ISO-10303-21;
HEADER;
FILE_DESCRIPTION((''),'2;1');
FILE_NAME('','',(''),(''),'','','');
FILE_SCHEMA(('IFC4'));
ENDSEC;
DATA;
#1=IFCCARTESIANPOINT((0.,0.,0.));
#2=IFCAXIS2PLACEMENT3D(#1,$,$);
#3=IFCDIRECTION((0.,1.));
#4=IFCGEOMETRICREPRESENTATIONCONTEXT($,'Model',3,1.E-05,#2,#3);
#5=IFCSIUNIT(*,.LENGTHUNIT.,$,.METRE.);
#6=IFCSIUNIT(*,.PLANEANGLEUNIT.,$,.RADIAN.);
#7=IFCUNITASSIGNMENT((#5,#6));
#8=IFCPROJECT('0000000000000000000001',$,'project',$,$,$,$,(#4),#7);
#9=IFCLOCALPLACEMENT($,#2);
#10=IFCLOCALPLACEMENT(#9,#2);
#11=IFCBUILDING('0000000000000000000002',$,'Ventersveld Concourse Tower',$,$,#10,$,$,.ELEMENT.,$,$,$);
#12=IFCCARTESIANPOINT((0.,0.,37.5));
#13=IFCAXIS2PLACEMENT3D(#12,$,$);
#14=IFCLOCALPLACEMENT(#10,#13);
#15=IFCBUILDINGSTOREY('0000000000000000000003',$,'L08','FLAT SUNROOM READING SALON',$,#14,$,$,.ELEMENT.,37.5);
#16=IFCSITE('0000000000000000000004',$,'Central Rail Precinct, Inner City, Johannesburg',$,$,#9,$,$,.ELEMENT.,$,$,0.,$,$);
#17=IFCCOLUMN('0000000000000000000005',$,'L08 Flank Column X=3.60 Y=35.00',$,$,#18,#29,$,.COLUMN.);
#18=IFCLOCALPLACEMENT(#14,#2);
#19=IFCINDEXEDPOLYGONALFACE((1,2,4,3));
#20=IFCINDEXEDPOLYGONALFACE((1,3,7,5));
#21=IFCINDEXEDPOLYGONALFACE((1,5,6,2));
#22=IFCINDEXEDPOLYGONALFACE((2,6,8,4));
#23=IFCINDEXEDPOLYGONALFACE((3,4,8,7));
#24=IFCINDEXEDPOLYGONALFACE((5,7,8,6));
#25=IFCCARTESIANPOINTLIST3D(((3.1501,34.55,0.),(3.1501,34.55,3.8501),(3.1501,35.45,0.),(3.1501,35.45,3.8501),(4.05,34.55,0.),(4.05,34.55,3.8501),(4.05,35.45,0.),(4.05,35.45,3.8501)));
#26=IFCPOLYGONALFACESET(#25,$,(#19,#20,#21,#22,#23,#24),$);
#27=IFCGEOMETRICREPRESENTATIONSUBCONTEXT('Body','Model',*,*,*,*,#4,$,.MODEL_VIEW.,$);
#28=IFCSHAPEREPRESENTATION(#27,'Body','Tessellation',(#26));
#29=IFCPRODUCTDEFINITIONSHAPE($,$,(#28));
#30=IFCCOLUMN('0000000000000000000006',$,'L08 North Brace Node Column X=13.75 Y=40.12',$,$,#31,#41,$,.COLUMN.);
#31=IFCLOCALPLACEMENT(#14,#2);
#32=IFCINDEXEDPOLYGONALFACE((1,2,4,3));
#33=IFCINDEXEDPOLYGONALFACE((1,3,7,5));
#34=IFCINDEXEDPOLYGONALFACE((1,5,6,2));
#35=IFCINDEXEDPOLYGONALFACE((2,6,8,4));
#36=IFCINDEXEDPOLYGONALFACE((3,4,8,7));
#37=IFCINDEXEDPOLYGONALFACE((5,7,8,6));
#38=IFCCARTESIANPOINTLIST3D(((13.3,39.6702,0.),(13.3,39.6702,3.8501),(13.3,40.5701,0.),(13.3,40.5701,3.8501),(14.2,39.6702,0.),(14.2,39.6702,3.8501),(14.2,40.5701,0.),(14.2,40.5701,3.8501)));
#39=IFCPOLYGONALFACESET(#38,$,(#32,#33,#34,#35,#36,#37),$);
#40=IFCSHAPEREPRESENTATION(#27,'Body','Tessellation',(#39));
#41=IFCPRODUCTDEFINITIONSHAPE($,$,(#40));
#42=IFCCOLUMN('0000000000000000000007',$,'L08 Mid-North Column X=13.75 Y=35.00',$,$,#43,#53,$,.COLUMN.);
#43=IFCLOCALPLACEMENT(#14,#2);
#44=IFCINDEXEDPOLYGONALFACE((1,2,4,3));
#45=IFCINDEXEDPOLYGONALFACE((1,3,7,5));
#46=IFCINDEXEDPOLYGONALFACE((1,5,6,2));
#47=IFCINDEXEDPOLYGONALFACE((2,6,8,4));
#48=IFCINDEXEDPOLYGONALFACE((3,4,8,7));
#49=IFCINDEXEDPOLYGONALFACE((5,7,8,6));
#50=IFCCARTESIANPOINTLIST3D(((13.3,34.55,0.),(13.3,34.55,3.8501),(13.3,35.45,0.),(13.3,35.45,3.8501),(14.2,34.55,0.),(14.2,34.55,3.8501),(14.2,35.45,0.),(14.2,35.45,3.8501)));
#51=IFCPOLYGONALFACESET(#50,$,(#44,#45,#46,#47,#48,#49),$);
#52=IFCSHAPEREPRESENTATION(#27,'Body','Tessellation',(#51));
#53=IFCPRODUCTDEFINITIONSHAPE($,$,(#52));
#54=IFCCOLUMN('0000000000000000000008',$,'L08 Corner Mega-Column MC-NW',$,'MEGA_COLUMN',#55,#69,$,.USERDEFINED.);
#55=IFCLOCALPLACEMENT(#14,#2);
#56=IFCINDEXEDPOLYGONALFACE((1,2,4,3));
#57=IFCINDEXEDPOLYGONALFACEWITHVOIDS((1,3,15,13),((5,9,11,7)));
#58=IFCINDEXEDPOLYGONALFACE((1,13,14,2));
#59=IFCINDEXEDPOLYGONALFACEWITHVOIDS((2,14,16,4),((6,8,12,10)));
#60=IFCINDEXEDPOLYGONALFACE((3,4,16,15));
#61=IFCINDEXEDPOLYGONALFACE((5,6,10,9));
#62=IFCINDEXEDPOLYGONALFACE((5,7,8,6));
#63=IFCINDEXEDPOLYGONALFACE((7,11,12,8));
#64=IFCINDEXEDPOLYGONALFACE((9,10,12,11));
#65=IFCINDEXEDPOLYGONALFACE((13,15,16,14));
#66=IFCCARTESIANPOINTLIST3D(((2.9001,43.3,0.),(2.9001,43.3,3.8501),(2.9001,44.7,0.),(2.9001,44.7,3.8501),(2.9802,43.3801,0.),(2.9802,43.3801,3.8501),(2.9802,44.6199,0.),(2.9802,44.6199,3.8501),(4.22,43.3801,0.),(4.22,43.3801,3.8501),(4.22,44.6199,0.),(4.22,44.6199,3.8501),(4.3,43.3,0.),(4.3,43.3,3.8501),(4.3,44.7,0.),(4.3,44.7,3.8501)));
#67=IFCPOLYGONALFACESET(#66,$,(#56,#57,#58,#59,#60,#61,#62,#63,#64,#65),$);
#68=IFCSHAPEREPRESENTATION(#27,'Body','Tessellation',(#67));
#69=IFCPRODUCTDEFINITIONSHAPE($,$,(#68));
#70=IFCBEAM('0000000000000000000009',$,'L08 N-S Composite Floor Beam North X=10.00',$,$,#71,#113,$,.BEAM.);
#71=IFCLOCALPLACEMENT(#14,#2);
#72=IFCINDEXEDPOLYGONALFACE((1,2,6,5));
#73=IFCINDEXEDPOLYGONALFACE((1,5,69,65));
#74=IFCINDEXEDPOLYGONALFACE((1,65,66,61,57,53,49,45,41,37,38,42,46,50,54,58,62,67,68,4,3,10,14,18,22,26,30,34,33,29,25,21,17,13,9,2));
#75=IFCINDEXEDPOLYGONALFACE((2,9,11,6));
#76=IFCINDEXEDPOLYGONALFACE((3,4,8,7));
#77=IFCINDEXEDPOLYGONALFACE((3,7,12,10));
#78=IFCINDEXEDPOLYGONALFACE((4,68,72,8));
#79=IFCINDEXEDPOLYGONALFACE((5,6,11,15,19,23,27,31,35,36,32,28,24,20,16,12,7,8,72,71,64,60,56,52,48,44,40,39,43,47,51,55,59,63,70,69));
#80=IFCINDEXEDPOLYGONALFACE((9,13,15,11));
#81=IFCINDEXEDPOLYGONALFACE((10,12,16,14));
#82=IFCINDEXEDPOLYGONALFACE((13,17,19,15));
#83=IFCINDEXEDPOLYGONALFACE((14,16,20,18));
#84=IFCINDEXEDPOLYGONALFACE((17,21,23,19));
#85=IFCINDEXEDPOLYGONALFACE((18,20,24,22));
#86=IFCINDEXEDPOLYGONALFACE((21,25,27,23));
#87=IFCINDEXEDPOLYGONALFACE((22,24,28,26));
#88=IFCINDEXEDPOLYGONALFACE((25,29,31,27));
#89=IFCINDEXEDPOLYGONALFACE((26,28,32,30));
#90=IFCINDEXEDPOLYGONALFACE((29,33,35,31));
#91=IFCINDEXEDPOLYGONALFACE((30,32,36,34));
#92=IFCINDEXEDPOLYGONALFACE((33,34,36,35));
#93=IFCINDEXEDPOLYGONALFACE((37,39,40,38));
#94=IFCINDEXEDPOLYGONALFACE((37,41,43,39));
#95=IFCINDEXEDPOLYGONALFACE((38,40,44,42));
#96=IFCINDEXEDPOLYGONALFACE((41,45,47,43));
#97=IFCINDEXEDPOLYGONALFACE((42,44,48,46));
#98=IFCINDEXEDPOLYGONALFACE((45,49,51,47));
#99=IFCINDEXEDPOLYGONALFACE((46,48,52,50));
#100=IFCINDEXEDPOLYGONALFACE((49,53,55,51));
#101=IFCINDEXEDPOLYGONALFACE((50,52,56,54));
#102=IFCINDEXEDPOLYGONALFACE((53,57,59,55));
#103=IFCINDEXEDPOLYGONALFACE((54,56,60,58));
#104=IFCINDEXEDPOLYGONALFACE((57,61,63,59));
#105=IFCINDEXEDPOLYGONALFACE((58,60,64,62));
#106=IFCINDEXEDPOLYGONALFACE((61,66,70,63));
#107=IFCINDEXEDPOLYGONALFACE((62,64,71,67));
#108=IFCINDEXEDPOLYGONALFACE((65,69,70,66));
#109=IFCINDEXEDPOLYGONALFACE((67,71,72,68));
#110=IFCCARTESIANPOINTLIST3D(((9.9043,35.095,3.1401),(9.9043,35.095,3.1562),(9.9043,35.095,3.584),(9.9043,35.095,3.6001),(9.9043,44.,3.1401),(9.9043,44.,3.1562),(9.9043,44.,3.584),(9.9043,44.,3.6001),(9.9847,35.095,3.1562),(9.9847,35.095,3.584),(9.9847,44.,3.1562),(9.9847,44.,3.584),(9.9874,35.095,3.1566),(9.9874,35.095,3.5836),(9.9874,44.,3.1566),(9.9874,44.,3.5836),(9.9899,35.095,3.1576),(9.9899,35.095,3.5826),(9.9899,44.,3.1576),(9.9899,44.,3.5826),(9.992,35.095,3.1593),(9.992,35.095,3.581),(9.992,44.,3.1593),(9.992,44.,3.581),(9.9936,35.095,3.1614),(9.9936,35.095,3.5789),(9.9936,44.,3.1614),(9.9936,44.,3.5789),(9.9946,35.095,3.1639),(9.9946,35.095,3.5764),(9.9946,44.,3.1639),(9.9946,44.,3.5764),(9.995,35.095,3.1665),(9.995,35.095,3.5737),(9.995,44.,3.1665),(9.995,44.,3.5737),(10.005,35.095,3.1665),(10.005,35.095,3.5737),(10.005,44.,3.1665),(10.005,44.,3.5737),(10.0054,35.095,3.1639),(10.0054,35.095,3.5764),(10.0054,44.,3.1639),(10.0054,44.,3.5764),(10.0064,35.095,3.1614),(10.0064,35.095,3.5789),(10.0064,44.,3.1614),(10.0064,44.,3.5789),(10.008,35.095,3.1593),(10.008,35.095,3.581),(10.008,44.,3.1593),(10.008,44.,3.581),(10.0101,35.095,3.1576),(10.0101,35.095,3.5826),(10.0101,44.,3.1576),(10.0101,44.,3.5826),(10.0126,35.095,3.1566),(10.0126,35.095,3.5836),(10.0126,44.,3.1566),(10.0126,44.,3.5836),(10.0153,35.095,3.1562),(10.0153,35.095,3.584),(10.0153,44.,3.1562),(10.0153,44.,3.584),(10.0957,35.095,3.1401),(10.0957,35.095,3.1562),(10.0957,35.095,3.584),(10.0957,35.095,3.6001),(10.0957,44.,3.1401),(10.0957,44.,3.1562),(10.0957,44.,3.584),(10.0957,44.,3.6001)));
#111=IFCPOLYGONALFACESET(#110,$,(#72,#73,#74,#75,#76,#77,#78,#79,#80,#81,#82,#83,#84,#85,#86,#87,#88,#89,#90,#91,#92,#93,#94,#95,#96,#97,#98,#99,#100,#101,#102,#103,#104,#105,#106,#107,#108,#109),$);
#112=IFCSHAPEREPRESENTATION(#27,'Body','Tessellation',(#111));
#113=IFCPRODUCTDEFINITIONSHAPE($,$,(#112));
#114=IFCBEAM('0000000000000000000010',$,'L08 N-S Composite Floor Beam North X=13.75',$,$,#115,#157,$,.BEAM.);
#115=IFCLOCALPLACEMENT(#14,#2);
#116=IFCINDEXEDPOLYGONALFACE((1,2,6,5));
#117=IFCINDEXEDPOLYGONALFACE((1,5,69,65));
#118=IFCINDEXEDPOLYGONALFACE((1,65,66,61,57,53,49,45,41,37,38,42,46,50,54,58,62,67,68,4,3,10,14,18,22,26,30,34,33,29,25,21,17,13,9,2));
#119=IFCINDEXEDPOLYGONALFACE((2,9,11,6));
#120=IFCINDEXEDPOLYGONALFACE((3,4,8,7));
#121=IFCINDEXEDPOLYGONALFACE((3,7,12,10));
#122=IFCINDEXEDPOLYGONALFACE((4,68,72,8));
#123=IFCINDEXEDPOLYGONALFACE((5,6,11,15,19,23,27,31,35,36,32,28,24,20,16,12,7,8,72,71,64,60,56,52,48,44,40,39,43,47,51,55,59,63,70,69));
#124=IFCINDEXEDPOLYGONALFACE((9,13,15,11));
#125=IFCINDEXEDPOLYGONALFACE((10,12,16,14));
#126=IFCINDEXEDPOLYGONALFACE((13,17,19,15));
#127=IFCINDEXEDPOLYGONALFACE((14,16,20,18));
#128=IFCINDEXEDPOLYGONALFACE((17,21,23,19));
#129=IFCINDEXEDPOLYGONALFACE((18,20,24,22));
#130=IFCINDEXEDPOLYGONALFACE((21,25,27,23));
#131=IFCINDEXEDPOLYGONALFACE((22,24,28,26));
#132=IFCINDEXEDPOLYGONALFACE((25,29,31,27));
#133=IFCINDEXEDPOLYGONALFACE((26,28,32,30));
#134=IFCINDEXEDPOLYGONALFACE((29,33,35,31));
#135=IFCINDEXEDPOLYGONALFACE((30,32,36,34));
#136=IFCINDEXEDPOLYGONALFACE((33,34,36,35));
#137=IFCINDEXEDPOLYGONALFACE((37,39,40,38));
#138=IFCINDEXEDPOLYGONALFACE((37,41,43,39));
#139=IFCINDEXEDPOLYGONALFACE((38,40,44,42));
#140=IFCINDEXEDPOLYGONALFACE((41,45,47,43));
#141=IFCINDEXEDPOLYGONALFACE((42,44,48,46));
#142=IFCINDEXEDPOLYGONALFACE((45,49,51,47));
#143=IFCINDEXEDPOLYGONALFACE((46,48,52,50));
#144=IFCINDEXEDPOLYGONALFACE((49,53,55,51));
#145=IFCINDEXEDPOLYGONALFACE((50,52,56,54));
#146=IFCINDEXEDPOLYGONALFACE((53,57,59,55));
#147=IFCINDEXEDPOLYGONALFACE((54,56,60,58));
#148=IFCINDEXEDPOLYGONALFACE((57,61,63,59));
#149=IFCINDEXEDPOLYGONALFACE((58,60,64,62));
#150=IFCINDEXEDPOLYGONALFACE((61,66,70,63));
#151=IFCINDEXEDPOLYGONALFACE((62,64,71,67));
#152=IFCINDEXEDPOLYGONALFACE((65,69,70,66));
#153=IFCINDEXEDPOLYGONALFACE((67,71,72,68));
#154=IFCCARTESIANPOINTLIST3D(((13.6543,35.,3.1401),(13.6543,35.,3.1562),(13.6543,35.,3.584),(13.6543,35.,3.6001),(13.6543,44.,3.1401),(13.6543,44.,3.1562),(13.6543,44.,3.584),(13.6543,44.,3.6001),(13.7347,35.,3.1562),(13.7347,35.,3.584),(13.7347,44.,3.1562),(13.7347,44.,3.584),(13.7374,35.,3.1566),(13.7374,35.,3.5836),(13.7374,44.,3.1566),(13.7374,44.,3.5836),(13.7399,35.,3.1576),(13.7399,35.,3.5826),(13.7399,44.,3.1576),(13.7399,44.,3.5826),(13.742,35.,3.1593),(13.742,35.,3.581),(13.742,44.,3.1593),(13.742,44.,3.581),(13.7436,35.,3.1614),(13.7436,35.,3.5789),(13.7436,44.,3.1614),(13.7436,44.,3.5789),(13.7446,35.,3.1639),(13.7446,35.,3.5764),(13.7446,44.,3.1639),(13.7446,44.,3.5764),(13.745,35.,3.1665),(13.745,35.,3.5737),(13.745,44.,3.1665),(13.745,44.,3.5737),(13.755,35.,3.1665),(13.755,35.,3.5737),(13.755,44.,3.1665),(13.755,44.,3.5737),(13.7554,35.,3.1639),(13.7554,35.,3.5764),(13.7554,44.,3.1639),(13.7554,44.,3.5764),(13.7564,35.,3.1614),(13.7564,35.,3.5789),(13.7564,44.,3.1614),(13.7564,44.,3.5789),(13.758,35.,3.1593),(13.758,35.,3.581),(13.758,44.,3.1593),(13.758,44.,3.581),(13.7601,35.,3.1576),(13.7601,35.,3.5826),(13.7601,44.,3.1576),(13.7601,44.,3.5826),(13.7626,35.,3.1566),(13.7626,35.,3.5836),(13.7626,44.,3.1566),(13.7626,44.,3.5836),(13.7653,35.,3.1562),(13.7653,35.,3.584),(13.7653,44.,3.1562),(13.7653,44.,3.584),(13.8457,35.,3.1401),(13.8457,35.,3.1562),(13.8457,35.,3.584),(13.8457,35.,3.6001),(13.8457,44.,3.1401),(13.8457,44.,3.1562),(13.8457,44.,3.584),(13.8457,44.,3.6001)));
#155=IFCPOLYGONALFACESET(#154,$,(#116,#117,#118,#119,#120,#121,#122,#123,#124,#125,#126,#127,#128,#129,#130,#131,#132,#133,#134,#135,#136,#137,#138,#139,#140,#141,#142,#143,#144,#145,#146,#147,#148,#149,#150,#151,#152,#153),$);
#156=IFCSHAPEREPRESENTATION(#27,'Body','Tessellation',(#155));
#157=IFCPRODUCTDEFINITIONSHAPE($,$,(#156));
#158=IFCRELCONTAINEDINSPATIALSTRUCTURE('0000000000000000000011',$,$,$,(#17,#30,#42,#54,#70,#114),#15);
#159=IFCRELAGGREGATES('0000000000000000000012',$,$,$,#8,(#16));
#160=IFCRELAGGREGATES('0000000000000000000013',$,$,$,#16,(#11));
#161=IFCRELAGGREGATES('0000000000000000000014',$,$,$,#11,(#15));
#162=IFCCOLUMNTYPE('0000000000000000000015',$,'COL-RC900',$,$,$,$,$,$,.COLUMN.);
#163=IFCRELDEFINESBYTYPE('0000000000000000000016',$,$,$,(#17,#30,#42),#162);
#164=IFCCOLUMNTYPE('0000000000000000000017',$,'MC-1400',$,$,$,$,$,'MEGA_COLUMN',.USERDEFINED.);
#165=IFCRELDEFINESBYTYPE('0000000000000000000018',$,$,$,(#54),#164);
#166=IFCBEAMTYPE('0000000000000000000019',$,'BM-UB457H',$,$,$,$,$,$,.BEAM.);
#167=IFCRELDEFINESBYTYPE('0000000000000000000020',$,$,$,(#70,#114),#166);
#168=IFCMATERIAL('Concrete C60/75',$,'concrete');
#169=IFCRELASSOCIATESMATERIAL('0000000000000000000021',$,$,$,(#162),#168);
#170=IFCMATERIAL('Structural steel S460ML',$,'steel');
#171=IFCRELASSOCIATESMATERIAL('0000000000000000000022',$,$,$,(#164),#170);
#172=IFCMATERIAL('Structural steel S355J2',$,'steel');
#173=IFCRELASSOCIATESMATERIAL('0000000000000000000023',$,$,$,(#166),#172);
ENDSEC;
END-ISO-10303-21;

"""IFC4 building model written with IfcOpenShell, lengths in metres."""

from ifc_helpers import new_model, si_unit, direction, frame, origin, origin_2d, place, context, subcontext, project, spatial, rectangle, hollow_rectangle, i_section, extrude, material, material_profile, profile_set, type_object, element, save


model = new_model("IFC4")

# Units and contexts
model_context = context("Model", 3, precision=1e-05, world=origin(), true_north=direction((0.0, 1.0)))
body_context = subcontext(model_context, "Body", "Model", "MODEL_VIEW")
ifc_project = project(units=[si_unit("LENGTHUNIT", "METRE"), si_unit("PLANEANGLEUNIT", "RADIAN")], contexts=[model_context])

# Site, building, storey
site_placement = place(None, origin())
site = spatial("IfcSite", under=ifc_project, at=site_placement, Name="Central Rail Precinct, Inner City, Johannesburg", CompositionType="ELEMENT", RefElevation=0.0)
building_placement = place(site_placement, origin())
building = spatial("IfcBuilding", under=site, at=building_placement, Name="Ventersveld Concourse Tower", CompositionType="ELEMENT")
storey_placement = place(building_placement, frame((0.0, 0.0, 37.5)))
storey = spatial("IfcBuildingStorey", under=building, at=storey_placement, Name="L08", Description="FLAT SUNROOM READING SALON", CompositionType="ELEMENT", Elevation=37.5)

# Columns
ifc_material_1 = material(Name="Concrete C60/75", Category="concrete")
ifc_material_profile_1 = material_profile(ifc_material_1, rectangle(XDim=0.8999, YDim=0.8999, at=origin_2d()), Name="RC 900x900")
ifc_profile_set_1 = profile_set([ifc_material_profile_1], Name="Concrete C60/75")
column_type_1 = type_object("IfcColumnType", Name="COL-RC900", PredefinedType="COLUMN", material=ifc_profile_set_1)
for number, where, z_axis, x_axis, name in (
    (1, (3.6001, 35.0, 0.0), (0.0, 0.0, 1.0), (1.0, 0.0, 0.0), "L08 Flank Column X=3.60 Y=35.00"),
    (2, (13.75, 40.1201, 0.0), (0.0, 0.0, 1.0), (1.0, 0.0, 0.0), "L08 North Brace Node Column X=13.75 Y=40.12"),
    (3, (13.75, 35.0, 0.0), (0.0, 0.0, 1.0), (1.0, 0.0, 0.0), "L08 Mid-North Column X=13.75 Y=35.00"),
):
    element("IfcColumn", number, at=place(storey_placement, frame(where, z_axis=z_axis, x_axis=x_axis)), inside=storey, type_object=column_type_1, Name=name, PredefinedType="COLUMN", context=body_context, shape_type="SweptSolid", body=[
        extrude(rectangle(XDim=0.8999, YDim=0.8999, at=origin_2d()), origin(), (0.0, 0.0, 1.0), 3.8501),
    ])
ifc_material_2 = material(Name="Structural steel S460ML", Category="steel")
ifc_material_profile_2 = material_profile(ifc_material_2, hollow_rectangle(XDim=1.3999, YDim=1.3999, WallThickness=0.0801, at=origin_2d()), Name="BOX 1400x1400x80")
ifc_profile_set_2 = profile_set([ifc_material_profile_2], Name="Structural steel S460ML")
column_type_2 = type_object("IfcColumnType", Name="MC-1400", ElementType="MEGA_COLUMN", PredefinedType="USERDEFINED", material=ifc_profile_set_2)
column_placement = place(storey_placement, frame((3.6001, 44.0, 0.0), z_axis=(0.0, 0.0, 1.0), x_axis=(1.0, 0.0, 0.0)))
element("IfcColumn", 4, at=column_placement, inside=storey, type_object=column_type_2, Name="L08 Corner Mega-Column MC-NW", ObjectType="MEGA_COLUMN", PredefinedType="USERDEFINED", context=body_context, shape_type="SweptSolid", body=[
    extrude(hollow_rectangle(XDim=1.3999, YDim=1.3999, WallThickness=0.0801, at=origin_2d()), origin(), (0.0, 0.0, 1.0), 3.8501),
])

# Beams
ifc_material_3 = material(Name="Structural steel S355J2", Category="steel")
ifc_material_profile_3 = material_profile(ifc_material_3, i_section(OverallWidth=0.1914, OverallDepth=0.46, WebThickness=0.01, FlangeThickness=0.0161, FilletRadius=0.0103, at=origin_2d()), Name="UB 457x191x82")
ifc_profile_set_3 = profile_set([ifc_material_profile_3], Name="Structural steel S355J2")
beam_type_1 = type_object("IfcBeamType", Name="BM-UB457H", PredefinedType="BEAM", material=ifc_profile_set_3)
beam_1_placement = place(storey_placement, frame((10.0, 35.095, 3.3701), z_axis=(0.0, 1.0, 0.0), x_axis=(-1.0, 0.0, 0.0)))
element("IfcBeam", 5, at=beam_1_placement, inside=storey, type_object=beam_type_1, Name="L08 N-S Composite Floor Beam North X=10.00", PredefinedType="BEAM", context=body_context, shape_type="SweptSolid", body=[
    extrude(i_section(OverallWidth=0.1914, OverallDepth=0.46, WebThickness=0.01, FlangeThickness=0.0161, FilletRadius=0.0103, at=origin_2d()), origin(), (0.0, 0.0, 1.0), 8.905),
])
beam_2_placement = place(storey_placement, frame((13.75, 35.0, 3.3701), z_axis=(0.0, 1.0, 0.0), x_axis=(-1.0, 0.0, 0.0)))
element("IfcBeam", 6, at=beam_2_placement, inside=storey, type_object=beam_type_1, Name="L08 N-S Composite Floor Beam North X=13.75", PredefinedType="BEAM", context=body_context, shape_type="SweptSolid", body=[
    extrude(i_section(OverallWidth=0.1914, OverallDepth=0.46, WebThickness=0.01, FlangeThickness=0.0161, FilletRadius=0.0103, at=origin_2d()), origin(), (0.0, 0.0, 1.0), 9.0),
])

save(model, "model.ifc")
